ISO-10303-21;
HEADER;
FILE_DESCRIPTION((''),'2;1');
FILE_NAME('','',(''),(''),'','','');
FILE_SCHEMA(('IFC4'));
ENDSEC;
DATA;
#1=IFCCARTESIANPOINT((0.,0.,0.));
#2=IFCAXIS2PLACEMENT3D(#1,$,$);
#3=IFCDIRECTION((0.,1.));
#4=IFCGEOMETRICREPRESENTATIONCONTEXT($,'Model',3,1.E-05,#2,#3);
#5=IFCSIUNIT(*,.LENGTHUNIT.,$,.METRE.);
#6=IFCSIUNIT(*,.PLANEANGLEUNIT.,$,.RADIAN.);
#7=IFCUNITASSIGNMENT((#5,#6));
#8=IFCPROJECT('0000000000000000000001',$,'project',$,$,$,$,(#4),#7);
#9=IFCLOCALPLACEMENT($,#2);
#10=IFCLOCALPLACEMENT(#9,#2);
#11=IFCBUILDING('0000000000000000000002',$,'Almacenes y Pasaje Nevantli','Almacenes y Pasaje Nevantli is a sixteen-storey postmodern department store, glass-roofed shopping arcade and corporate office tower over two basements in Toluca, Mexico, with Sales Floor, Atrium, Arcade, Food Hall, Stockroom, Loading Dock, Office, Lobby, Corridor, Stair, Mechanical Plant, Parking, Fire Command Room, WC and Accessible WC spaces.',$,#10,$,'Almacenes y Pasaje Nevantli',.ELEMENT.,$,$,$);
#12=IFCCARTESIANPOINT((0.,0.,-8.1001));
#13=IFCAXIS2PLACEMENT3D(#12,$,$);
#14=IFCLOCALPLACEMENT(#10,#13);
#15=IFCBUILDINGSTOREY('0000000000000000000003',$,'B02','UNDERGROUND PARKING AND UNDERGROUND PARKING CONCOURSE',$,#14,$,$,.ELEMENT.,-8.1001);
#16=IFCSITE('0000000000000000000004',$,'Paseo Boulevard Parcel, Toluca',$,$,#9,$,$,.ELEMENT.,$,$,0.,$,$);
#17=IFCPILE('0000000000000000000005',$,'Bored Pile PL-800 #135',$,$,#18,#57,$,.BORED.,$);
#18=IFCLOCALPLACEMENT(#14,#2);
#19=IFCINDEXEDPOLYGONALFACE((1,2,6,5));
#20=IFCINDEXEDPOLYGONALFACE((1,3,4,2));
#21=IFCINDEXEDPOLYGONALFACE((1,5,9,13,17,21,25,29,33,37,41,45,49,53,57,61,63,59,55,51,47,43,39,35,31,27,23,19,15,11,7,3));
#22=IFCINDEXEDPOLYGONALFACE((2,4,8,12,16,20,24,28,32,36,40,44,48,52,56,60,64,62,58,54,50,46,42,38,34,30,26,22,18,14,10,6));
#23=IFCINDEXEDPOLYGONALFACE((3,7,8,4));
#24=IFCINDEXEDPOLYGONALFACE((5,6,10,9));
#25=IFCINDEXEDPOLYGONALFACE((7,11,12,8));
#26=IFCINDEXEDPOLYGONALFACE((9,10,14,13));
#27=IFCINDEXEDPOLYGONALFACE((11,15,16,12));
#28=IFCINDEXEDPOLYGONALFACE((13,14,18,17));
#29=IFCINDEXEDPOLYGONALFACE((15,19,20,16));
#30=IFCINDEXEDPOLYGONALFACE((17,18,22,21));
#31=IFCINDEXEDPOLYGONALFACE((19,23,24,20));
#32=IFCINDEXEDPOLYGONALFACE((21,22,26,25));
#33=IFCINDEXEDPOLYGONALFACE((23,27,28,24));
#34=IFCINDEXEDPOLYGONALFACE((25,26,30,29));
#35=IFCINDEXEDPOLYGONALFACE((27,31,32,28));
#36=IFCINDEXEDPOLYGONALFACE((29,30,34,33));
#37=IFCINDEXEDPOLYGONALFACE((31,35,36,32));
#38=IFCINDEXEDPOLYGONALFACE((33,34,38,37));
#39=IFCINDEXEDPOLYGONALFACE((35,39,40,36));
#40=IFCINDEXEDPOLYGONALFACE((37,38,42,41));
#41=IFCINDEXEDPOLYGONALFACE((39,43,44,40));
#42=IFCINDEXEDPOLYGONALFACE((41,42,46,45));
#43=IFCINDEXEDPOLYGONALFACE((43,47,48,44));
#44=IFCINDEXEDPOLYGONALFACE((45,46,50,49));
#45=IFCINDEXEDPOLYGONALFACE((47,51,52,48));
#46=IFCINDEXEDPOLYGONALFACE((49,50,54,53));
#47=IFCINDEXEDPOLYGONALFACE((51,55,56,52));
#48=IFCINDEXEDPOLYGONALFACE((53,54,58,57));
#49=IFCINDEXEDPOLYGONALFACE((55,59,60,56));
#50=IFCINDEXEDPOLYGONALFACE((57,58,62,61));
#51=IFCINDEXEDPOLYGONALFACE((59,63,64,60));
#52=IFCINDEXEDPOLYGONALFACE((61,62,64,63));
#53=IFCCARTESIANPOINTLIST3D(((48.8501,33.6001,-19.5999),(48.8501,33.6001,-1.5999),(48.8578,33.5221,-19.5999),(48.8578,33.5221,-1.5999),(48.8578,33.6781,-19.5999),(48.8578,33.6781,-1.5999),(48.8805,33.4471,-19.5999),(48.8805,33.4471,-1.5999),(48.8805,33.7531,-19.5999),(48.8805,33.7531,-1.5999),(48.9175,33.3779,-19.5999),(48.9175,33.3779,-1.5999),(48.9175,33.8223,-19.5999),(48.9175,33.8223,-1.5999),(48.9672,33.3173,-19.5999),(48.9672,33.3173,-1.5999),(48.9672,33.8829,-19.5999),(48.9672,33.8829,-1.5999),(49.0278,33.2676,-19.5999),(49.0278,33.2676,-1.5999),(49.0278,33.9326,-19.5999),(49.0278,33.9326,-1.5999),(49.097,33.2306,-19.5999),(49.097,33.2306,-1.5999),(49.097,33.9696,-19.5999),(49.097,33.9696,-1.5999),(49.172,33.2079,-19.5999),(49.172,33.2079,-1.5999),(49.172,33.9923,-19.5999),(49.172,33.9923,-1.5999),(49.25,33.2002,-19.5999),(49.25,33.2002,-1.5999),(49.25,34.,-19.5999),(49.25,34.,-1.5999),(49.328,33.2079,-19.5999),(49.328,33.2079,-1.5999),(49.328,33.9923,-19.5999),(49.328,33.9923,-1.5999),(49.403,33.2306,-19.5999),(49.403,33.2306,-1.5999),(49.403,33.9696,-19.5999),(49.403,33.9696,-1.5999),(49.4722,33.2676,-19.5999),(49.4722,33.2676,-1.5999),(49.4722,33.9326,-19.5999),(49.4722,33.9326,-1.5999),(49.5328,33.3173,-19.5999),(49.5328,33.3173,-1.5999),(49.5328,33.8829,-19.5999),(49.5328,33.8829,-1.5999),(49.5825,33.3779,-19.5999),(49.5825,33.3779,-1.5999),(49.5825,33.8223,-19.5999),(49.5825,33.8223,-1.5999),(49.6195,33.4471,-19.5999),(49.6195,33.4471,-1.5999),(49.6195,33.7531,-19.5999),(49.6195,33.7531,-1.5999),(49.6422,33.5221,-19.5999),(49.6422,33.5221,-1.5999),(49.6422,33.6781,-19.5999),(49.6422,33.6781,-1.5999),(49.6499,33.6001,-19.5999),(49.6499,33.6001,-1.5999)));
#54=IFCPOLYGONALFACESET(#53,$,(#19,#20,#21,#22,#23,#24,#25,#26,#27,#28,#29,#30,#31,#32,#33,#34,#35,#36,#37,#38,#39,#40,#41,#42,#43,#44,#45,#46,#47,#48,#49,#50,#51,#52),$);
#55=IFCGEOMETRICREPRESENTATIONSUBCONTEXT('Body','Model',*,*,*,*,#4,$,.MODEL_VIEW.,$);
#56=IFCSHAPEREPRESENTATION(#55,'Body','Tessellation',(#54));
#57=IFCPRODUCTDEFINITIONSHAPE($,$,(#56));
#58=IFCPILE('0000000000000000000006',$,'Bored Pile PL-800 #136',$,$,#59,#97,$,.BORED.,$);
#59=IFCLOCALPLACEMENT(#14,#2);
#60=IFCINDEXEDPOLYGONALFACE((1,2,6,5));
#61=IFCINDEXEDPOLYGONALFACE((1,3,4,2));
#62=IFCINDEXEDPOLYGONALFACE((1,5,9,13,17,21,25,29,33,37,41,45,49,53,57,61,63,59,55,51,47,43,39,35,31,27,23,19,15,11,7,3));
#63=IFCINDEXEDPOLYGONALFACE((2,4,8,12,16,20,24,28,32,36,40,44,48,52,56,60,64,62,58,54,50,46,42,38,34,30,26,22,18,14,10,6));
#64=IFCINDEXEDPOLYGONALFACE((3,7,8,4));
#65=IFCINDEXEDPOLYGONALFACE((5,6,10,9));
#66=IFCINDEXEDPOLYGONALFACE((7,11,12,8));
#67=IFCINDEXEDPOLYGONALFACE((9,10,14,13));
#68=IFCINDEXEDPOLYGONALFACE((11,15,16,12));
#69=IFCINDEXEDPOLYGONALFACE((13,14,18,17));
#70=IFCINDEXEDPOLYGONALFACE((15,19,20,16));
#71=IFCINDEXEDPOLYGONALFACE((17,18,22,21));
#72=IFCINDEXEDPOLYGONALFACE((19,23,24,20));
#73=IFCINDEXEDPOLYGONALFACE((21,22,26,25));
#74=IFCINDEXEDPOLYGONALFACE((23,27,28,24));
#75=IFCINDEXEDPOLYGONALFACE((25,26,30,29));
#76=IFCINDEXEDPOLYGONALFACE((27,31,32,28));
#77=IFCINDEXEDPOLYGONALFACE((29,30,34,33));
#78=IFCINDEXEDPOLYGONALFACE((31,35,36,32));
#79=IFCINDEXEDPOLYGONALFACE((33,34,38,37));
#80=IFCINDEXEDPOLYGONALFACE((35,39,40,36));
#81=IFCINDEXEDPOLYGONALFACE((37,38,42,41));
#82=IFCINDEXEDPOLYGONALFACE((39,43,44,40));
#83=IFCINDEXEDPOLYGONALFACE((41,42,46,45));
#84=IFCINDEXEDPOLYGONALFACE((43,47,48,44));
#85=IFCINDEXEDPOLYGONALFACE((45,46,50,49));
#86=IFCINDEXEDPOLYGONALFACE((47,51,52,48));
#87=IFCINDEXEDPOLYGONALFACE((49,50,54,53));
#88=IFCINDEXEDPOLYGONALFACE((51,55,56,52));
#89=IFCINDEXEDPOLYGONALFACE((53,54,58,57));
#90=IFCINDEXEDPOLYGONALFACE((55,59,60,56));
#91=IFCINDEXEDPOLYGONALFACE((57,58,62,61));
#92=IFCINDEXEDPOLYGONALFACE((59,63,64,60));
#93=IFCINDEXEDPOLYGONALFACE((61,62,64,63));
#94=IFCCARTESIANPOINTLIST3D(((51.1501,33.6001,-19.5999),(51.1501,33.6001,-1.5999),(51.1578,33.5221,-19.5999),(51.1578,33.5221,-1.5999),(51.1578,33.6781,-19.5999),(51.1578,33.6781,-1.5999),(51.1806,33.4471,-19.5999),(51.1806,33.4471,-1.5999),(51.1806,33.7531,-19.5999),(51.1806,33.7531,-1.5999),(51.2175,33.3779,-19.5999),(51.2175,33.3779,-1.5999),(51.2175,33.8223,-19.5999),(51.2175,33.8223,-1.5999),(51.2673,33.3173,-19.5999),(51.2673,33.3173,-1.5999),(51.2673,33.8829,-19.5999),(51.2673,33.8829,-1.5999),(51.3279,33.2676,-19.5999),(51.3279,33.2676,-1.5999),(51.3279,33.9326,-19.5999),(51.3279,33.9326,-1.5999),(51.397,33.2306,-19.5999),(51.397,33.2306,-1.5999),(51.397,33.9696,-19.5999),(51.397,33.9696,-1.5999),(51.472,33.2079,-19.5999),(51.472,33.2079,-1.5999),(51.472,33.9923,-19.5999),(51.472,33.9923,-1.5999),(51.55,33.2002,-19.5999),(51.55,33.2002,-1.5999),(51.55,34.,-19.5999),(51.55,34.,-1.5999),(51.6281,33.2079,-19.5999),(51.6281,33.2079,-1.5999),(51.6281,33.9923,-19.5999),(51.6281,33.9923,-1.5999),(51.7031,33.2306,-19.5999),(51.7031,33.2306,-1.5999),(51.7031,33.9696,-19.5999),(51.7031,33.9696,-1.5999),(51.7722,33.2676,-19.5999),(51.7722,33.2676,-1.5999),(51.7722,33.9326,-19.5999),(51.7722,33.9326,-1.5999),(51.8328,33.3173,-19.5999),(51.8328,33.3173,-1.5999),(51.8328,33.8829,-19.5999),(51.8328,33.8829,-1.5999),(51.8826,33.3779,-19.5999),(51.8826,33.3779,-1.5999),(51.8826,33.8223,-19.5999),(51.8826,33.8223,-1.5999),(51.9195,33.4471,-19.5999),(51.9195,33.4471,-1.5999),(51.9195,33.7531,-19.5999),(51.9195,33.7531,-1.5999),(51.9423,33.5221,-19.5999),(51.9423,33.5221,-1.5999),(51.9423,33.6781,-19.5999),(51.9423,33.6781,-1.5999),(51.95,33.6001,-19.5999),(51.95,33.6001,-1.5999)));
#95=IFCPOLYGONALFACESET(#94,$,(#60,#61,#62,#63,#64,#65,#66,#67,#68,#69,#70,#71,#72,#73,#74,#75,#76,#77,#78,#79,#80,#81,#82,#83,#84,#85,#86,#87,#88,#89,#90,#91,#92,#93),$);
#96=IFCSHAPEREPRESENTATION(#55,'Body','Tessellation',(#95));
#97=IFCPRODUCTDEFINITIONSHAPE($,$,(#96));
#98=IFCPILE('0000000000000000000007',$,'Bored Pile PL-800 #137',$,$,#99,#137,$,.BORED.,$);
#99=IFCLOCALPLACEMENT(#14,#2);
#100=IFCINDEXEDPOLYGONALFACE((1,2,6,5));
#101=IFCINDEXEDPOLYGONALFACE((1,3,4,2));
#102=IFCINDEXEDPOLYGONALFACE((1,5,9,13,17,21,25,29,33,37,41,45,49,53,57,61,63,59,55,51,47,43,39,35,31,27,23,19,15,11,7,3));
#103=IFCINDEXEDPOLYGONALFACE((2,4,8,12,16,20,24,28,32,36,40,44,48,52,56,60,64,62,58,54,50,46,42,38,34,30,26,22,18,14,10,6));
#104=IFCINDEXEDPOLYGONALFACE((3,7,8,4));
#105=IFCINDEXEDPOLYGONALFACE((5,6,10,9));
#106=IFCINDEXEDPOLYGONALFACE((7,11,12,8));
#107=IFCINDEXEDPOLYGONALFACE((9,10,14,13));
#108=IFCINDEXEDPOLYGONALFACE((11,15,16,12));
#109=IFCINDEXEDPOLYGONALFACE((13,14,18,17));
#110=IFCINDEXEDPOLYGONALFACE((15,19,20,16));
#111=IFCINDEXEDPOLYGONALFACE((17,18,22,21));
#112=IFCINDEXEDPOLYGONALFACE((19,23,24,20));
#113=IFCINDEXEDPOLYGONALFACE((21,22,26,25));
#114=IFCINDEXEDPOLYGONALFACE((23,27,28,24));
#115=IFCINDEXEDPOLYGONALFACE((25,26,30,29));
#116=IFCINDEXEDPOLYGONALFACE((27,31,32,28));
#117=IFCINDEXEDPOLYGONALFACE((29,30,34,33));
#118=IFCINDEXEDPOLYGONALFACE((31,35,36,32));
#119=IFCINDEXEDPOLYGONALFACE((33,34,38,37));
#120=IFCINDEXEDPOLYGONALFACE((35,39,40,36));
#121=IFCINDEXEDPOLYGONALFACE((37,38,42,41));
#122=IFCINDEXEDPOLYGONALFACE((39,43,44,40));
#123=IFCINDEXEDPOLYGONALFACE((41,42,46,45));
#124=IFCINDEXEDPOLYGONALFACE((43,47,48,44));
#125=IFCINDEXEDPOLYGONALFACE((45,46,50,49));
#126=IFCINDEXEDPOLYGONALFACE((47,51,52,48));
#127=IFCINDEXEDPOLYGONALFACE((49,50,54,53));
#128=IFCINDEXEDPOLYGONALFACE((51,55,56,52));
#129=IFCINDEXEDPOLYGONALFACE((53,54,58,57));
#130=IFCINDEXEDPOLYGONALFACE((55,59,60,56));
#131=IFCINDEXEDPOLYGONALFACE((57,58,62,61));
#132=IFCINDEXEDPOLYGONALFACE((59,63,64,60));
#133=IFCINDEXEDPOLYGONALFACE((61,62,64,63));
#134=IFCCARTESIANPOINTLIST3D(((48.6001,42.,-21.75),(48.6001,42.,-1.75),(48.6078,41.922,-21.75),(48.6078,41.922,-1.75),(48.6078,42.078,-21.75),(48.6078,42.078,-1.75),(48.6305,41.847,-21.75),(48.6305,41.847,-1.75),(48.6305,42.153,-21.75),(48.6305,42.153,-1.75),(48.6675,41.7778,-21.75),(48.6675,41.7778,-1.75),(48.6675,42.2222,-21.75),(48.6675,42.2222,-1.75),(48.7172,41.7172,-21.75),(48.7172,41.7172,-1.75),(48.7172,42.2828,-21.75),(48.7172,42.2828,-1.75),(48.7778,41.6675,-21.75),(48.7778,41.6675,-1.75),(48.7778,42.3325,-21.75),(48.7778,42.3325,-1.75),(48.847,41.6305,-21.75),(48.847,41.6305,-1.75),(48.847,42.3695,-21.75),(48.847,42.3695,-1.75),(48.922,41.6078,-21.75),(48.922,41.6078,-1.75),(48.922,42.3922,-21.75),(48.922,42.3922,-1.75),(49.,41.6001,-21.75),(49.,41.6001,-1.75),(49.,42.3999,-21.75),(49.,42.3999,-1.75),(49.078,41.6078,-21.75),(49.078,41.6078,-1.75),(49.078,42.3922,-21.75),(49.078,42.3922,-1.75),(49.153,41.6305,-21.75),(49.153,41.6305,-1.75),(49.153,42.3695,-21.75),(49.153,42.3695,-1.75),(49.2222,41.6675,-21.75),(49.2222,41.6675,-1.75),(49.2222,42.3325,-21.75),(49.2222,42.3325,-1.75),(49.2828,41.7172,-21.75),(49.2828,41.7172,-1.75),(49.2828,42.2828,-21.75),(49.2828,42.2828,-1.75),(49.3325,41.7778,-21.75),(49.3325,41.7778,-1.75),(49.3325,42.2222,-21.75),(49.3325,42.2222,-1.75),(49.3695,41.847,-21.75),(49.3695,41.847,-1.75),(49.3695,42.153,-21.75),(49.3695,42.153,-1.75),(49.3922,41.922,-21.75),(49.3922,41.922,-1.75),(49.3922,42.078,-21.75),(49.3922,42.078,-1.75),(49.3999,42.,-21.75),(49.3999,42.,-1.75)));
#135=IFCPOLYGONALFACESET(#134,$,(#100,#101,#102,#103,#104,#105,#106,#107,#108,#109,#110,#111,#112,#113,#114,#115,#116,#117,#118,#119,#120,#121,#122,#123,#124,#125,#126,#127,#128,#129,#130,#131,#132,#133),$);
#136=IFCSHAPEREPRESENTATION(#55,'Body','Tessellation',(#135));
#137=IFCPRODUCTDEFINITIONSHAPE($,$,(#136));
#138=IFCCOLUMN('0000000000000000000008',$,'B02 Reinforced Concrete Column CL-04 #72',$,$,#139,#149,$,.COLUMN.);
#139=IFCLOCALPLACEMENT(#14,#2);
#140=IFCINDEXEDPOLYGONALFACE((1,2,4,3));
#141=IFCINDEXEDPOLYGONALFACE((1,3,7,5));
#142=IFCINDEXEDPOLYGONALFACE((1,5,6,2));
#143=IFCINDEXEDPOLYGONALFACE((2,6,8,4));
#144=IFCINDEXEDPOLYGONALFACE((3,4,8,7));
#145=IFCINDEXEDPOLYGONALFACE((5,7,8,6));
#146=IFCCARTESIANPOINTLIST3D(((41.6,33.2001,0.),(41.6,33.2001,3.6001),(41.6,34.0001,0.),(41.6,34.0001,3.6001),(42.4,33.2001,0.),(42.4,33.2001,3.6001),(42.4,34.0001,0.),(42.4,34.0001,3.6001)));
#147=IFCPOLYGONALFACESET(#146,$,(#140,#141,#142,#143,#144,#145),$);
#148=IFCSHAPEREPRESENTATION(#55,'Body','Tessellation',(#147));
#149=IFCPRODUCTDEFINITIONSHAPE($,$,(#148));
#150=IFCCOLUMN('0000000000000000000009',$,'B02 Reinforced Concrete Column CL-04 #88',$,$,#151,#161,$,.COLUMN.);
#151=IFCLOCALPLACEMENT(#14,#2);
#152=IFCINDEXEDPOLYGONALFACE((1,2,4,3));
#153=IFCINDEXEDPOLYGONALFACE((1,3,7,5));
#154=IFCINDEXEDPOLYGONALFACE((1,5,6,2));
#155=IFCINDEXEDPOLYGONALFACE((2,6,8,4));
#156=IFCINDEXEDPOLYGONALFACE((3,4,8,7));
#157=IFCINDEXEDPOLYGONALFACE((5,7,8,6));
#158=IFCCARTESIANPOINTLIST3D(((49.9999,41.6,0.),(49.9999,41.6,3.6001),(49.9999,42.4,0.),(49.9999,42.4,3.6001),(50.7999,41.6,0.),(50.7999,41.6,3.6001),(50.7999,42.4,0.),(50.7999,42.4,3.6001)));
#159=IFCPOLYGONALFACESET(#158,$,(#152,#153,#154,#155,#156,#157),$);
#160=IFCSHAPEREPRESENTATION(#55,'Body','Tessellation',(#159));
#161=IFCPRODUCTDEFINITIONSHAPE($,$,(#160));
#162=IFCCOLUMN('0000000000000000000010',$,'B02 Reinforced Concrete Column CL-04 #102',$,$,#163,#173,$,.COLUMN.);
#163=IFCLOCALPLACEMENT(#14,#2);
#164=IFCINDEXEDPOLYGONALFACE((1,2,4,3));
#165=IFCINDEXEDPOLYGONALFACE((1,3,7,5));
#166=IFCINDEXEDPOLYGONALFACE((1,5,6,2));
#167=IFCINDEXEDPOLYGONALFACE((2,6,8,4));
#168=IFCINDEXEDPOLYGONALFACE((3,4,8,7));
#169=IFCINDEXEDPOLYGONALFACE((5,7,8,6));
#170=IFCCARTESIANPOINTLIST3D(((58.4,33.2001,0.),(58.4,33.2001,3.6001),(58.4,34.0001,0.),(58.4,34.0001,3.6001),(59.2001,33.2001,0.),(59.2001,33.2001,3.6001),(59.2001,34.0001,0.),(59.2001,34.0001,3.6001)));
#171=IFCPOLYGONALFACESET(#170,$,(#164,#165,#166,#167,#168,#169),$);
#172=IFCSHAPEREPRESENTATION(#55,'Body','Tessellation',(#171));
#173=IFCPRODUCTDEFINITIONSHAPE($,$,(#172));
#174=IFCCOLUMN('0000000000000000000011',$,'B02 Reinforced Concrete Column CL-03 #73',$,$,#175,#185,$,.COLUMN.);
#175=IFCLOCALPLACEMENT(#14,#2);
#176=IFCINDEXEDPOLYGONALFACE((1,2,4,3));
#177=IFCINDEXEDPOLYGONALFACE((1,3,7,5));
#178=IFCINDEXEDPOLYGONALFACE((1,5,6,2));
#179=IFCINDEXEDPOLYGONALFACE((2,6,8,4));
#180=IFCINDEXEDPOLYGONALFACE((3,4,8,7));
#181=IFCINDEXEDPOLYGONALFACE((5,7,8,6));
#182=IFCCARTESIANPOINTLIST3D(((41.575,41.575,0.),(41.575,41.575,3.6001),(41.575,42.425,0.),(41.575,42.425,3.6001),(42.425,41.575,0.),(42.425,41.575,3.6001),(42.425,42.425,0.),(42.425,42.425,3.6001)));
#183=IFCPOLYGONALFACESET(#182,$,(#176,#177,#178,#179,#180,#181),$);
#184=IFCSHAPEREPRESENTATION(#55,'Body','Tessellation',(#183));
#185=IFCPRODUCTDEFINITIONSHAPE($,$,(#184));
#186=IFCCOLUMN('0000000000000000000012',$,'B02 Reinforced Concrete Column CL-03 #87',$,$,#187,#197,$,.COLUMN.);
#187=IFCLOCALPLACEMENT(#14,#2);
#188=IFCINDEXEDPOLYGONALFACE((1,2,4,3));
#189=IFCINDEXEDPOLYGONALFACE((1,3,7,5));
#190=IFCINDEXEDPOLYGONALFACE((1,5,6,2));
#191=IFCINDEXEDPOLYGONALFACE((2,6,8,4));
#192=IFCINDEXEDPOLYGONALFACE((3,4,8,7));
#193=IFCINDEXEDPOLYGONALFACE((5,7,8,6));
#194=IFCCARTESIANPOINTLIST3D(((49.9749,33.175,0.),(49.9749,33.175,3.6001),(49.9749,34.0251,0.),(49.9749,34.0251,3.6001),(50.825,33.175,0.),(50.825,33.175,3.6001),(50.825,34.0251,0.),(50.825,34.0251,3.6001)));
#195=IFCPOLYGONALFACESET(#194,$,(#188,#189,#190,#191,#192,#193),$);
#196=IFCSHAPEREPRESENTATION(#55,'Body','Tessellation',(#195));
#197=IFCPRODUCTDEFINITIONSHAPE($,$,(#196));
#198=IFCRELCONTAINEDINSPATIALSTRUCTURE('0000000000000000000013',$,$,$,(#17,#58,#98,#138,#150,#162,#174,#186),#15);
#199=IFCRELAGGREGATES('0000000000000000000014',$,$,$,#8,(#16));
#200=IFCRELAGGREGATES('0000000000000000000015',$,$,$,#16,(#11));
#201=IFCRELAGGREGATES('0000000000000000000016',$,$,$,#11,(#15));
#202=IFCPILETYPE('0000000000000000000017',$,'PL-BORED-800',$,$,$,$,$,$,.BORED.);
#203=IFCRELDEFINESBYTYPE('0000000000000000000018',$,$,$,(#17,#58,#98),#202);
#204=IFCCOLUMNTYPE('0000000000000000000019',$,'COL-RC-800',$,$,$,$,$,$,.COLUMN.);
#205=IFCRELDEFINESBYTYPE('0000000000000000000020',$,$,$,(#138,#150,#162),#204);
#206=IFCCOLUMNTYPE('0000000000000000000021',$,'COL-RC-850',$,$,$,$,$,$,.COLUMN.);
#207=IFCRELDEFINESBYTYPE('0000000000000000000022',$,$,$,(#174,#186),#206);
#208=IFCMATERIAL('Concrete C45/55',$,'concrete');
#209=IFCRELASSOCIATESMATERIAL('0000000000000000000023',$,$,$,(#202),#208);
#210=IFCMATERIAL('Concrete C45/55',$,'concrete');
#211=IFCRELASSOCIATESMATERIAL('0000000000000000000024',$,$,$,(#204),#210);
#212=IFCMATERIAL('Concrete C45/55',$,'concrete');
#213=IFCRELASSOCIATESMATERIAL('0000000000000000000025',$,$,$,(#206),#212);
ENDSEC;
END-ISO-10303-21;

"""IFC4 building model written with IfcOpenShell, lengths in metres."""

from ifc_helpers import new_model, si_unit, direction, frame, origin, origin_2d, place, context, subcontext, project, spatial, rectangle, circle, extrude, material, material_profile, profile_set, type_object, element, save


model = new_model("IFC4")

# Units and contexts
model_context = context("Model", 3, precision=1e-05, world=origin(), true_north=direction((0.0, 1.0)))
body_context = subcontext(model_context, "Body", "Model", "MODEL_VIEW")
ifc_project = project(units=[si_unit("LENGTHUNIT", "METRE"), si_unit("PLANEANGLEUNIT", "RADIAN")], contexts=[model_context])

# Site, building, storey
site_placement = place(None, origin())
site = spatial("IfcSite", under=ifc_project, at=site_placement, Name="Paseo Boulevard Parcel, Toluca", CompositionType="ELEMENT", RefElevation=0.0)
building_placement = place(site_placement, origin())
building = spatial("IfcBuilding", under=site, at=building_placement, Name="Almacenes y Pasaje Nevantli", Description="Almacenes y Pasaje Nevantli is a sixteen-storey postmodern department store, glass-roofed shopping arcade and corporate office tower over two basements in Toluca, Mexico, with Sales Floor, Atrium, Arcade, Food Hall, Stockroom, Loading Dock, Office, Lobby, Corridor, Stair, Mechanical Plant, Parking, Fire Command Room, WC and Accessible WC spaces.", LongName="Almacenes y Pasaje Nevantli", CompositionType="ELEMENT")
storey_placement = place(building_placement, frame((0.0, 0.0, -8.1001)))
storey = spatial("IfcBuildingStorey", under=building, at=storey_placement, Name="B02", Description="UNDERGROUND PARKING AND UNDERGROUND PARKING CONCOURSE", CompositionType="ELEMENT", Elevation=-8.1001)

# Piles
ifc_material_1 = material(Name="Concrete C45/55", Category="concrete")
ifc_material_profile_1 = material_profile(ifc_material_1, circle(Radius=0.3999, at=origin_2d()), Name="RC-PILE-D800")
ifc_profile_set_1 = profile_set([ifc_material_profile_1], Name="Concrete C45/55")
pile_type_1 = type_object("IfcPileType", Name="PL-BORED-800", PredefinedType="BORED", material=ifc_profile_set_1)
for number, where, z_axis, x_axis, name in (
    (1, (49.25, 33.6001, -1.5999), (0.0, 0.0, -1.0), (1.0, 0.0, 0.0), "Bored Pile PL-800 #135"),
    (2, (51.55, 33.6001, -1.5999), (0.0, 0.0, -1.0), (1.0, 0.0, 0.0), "Bored Pile PL-800 #136"),
):
    element("IfcPile", number, at=place(storey_placement, frame(where, z_axis=z_axis, x_axis=x_axis)), inside=storey, type_object=pile_type_1, Name=name, PredefinedType="BORED", context=body_context, shape_type="SweptSolid", body=[
        extrude(circle(Radius=0.3999, at=origin_2d()), origin(), (0.0, 0.0, 1.0), 18.0),
    ])
pile_1_placement = place(storey_placement, frame((49.0, 42.0, -1.75), z_axis=(0.0, 0.0, -1.0), x_axis=(1.0, 0.0, 0.0)))
element("IfcPile", 3, at=pile_1_placement, inside=storey, type_object=pile_type_1, Name="Bored Pile PL-800 #137", PredefinedType="BORED", context=body_context, shape_type="SweptSolid", body=[
    extrude(circle(Radius=0.3999, at=origin_2d()), origin(), (0.0, 0.0, 1.0), 20.0),
])

# Columns
ifc_material_2 = material(Name="Concrete C45/55", Category="concrete")
ifc_material_profile_2 = material_profile(ifc_material_2, rectangle(XDim=0.8, YDim=0.8, at=origin_2d()), Name="RC-COL-800x800")
ifc_profile_set_2 = profile_set([ifc_material_profile_2], Name="Concrete C45/55")
column_type_1 = type_object("IfcColumnType", Name="COL-RC-800", PredefinedType="COLUMN", material=ifc_profile_set_2)
for number, where, z_axis, x_axis, name in (
    (4, (42.0, 33.6001, 0.0), (0.0, 0.0, 1.0), (1.0, 0.0, 0.0), "B02 Reinforced Concrete Column CL-04 #72"),
    (5, (50.3999, 42.0, 0.0), (0.0, 0.0, 1.0), (1.0, 0.0, 0.0), "B02 Reinforced Concrete Column CL-04 #88"),
    (6, (58.8, 33.6001, 0.0), (0.0, 0.0, 1.0), (1.0, 0.0, 0.0), "B02 Reinforced Concrete Column CL-04 #102"),
):
    element("IfcColumn", number, at=place(storey_placement, frame(where, z_axis=z_axis, x_axis=x_axis)), inside=storey, type_object=column_type_1, Name=name, PredefinedType="COLUMN", context=body_context, shape_type="SweptSolid", body=[
        extrude(rectangle(XDim=0.8, YDim=0.8, at=origin_2d()), origin(), (0.0, 0.0, 1.0), 3.6001),
    ])
ifc_material_3 = material(Name="Concrete C45/55", Category="concrete")
ifc_material_profile_3 = material_profile(ifc_material_3, rectangle(XDim=0.8501, YDim=0.8501, at=origin_2d()), Name="RC-COL-850x850")
ifc_profile_set_3 = profile_set([ifc_material_profile_3], Name="Concrete C45/55")
column_type_2 = type_object("IfcColumnType", Name="COL-RC-850", PredefinedType="COLUMN", material=ifc_profile_set_3)
for number, where, z_axis, x_axis, name in (
    (7, (42.0, 42.0, 0.0), (0.0, 0.0, 1.0), (1.0, 0.0, 0.0), "B02 Reinforced Concrete Column CL-03 #73"),
    (8, (50.3999, 33.6001, 0.0), (0.0, 0.0, 1.0), (1.0, 0.0, 0.0), "B02 Reinforced Concrete Column CL-03 #87"),
):
    element("IfcColumn", number, at=place(storey_placement, frame(where, z_axis=z_axis, x_axis=x_axis)), inside=storey, type_object=column_type_2, Name=name, PredefinedType="COLUMN", context=body_context, shape_type="SweptSolid", body=[
        extrude(rectangle(XDim=0.8501, YDim=0.8501, at=origin_2d()), origin(), (0.0, 0.0, 1.0), 3.6001),
    ])

save(model, "model.ifc")
